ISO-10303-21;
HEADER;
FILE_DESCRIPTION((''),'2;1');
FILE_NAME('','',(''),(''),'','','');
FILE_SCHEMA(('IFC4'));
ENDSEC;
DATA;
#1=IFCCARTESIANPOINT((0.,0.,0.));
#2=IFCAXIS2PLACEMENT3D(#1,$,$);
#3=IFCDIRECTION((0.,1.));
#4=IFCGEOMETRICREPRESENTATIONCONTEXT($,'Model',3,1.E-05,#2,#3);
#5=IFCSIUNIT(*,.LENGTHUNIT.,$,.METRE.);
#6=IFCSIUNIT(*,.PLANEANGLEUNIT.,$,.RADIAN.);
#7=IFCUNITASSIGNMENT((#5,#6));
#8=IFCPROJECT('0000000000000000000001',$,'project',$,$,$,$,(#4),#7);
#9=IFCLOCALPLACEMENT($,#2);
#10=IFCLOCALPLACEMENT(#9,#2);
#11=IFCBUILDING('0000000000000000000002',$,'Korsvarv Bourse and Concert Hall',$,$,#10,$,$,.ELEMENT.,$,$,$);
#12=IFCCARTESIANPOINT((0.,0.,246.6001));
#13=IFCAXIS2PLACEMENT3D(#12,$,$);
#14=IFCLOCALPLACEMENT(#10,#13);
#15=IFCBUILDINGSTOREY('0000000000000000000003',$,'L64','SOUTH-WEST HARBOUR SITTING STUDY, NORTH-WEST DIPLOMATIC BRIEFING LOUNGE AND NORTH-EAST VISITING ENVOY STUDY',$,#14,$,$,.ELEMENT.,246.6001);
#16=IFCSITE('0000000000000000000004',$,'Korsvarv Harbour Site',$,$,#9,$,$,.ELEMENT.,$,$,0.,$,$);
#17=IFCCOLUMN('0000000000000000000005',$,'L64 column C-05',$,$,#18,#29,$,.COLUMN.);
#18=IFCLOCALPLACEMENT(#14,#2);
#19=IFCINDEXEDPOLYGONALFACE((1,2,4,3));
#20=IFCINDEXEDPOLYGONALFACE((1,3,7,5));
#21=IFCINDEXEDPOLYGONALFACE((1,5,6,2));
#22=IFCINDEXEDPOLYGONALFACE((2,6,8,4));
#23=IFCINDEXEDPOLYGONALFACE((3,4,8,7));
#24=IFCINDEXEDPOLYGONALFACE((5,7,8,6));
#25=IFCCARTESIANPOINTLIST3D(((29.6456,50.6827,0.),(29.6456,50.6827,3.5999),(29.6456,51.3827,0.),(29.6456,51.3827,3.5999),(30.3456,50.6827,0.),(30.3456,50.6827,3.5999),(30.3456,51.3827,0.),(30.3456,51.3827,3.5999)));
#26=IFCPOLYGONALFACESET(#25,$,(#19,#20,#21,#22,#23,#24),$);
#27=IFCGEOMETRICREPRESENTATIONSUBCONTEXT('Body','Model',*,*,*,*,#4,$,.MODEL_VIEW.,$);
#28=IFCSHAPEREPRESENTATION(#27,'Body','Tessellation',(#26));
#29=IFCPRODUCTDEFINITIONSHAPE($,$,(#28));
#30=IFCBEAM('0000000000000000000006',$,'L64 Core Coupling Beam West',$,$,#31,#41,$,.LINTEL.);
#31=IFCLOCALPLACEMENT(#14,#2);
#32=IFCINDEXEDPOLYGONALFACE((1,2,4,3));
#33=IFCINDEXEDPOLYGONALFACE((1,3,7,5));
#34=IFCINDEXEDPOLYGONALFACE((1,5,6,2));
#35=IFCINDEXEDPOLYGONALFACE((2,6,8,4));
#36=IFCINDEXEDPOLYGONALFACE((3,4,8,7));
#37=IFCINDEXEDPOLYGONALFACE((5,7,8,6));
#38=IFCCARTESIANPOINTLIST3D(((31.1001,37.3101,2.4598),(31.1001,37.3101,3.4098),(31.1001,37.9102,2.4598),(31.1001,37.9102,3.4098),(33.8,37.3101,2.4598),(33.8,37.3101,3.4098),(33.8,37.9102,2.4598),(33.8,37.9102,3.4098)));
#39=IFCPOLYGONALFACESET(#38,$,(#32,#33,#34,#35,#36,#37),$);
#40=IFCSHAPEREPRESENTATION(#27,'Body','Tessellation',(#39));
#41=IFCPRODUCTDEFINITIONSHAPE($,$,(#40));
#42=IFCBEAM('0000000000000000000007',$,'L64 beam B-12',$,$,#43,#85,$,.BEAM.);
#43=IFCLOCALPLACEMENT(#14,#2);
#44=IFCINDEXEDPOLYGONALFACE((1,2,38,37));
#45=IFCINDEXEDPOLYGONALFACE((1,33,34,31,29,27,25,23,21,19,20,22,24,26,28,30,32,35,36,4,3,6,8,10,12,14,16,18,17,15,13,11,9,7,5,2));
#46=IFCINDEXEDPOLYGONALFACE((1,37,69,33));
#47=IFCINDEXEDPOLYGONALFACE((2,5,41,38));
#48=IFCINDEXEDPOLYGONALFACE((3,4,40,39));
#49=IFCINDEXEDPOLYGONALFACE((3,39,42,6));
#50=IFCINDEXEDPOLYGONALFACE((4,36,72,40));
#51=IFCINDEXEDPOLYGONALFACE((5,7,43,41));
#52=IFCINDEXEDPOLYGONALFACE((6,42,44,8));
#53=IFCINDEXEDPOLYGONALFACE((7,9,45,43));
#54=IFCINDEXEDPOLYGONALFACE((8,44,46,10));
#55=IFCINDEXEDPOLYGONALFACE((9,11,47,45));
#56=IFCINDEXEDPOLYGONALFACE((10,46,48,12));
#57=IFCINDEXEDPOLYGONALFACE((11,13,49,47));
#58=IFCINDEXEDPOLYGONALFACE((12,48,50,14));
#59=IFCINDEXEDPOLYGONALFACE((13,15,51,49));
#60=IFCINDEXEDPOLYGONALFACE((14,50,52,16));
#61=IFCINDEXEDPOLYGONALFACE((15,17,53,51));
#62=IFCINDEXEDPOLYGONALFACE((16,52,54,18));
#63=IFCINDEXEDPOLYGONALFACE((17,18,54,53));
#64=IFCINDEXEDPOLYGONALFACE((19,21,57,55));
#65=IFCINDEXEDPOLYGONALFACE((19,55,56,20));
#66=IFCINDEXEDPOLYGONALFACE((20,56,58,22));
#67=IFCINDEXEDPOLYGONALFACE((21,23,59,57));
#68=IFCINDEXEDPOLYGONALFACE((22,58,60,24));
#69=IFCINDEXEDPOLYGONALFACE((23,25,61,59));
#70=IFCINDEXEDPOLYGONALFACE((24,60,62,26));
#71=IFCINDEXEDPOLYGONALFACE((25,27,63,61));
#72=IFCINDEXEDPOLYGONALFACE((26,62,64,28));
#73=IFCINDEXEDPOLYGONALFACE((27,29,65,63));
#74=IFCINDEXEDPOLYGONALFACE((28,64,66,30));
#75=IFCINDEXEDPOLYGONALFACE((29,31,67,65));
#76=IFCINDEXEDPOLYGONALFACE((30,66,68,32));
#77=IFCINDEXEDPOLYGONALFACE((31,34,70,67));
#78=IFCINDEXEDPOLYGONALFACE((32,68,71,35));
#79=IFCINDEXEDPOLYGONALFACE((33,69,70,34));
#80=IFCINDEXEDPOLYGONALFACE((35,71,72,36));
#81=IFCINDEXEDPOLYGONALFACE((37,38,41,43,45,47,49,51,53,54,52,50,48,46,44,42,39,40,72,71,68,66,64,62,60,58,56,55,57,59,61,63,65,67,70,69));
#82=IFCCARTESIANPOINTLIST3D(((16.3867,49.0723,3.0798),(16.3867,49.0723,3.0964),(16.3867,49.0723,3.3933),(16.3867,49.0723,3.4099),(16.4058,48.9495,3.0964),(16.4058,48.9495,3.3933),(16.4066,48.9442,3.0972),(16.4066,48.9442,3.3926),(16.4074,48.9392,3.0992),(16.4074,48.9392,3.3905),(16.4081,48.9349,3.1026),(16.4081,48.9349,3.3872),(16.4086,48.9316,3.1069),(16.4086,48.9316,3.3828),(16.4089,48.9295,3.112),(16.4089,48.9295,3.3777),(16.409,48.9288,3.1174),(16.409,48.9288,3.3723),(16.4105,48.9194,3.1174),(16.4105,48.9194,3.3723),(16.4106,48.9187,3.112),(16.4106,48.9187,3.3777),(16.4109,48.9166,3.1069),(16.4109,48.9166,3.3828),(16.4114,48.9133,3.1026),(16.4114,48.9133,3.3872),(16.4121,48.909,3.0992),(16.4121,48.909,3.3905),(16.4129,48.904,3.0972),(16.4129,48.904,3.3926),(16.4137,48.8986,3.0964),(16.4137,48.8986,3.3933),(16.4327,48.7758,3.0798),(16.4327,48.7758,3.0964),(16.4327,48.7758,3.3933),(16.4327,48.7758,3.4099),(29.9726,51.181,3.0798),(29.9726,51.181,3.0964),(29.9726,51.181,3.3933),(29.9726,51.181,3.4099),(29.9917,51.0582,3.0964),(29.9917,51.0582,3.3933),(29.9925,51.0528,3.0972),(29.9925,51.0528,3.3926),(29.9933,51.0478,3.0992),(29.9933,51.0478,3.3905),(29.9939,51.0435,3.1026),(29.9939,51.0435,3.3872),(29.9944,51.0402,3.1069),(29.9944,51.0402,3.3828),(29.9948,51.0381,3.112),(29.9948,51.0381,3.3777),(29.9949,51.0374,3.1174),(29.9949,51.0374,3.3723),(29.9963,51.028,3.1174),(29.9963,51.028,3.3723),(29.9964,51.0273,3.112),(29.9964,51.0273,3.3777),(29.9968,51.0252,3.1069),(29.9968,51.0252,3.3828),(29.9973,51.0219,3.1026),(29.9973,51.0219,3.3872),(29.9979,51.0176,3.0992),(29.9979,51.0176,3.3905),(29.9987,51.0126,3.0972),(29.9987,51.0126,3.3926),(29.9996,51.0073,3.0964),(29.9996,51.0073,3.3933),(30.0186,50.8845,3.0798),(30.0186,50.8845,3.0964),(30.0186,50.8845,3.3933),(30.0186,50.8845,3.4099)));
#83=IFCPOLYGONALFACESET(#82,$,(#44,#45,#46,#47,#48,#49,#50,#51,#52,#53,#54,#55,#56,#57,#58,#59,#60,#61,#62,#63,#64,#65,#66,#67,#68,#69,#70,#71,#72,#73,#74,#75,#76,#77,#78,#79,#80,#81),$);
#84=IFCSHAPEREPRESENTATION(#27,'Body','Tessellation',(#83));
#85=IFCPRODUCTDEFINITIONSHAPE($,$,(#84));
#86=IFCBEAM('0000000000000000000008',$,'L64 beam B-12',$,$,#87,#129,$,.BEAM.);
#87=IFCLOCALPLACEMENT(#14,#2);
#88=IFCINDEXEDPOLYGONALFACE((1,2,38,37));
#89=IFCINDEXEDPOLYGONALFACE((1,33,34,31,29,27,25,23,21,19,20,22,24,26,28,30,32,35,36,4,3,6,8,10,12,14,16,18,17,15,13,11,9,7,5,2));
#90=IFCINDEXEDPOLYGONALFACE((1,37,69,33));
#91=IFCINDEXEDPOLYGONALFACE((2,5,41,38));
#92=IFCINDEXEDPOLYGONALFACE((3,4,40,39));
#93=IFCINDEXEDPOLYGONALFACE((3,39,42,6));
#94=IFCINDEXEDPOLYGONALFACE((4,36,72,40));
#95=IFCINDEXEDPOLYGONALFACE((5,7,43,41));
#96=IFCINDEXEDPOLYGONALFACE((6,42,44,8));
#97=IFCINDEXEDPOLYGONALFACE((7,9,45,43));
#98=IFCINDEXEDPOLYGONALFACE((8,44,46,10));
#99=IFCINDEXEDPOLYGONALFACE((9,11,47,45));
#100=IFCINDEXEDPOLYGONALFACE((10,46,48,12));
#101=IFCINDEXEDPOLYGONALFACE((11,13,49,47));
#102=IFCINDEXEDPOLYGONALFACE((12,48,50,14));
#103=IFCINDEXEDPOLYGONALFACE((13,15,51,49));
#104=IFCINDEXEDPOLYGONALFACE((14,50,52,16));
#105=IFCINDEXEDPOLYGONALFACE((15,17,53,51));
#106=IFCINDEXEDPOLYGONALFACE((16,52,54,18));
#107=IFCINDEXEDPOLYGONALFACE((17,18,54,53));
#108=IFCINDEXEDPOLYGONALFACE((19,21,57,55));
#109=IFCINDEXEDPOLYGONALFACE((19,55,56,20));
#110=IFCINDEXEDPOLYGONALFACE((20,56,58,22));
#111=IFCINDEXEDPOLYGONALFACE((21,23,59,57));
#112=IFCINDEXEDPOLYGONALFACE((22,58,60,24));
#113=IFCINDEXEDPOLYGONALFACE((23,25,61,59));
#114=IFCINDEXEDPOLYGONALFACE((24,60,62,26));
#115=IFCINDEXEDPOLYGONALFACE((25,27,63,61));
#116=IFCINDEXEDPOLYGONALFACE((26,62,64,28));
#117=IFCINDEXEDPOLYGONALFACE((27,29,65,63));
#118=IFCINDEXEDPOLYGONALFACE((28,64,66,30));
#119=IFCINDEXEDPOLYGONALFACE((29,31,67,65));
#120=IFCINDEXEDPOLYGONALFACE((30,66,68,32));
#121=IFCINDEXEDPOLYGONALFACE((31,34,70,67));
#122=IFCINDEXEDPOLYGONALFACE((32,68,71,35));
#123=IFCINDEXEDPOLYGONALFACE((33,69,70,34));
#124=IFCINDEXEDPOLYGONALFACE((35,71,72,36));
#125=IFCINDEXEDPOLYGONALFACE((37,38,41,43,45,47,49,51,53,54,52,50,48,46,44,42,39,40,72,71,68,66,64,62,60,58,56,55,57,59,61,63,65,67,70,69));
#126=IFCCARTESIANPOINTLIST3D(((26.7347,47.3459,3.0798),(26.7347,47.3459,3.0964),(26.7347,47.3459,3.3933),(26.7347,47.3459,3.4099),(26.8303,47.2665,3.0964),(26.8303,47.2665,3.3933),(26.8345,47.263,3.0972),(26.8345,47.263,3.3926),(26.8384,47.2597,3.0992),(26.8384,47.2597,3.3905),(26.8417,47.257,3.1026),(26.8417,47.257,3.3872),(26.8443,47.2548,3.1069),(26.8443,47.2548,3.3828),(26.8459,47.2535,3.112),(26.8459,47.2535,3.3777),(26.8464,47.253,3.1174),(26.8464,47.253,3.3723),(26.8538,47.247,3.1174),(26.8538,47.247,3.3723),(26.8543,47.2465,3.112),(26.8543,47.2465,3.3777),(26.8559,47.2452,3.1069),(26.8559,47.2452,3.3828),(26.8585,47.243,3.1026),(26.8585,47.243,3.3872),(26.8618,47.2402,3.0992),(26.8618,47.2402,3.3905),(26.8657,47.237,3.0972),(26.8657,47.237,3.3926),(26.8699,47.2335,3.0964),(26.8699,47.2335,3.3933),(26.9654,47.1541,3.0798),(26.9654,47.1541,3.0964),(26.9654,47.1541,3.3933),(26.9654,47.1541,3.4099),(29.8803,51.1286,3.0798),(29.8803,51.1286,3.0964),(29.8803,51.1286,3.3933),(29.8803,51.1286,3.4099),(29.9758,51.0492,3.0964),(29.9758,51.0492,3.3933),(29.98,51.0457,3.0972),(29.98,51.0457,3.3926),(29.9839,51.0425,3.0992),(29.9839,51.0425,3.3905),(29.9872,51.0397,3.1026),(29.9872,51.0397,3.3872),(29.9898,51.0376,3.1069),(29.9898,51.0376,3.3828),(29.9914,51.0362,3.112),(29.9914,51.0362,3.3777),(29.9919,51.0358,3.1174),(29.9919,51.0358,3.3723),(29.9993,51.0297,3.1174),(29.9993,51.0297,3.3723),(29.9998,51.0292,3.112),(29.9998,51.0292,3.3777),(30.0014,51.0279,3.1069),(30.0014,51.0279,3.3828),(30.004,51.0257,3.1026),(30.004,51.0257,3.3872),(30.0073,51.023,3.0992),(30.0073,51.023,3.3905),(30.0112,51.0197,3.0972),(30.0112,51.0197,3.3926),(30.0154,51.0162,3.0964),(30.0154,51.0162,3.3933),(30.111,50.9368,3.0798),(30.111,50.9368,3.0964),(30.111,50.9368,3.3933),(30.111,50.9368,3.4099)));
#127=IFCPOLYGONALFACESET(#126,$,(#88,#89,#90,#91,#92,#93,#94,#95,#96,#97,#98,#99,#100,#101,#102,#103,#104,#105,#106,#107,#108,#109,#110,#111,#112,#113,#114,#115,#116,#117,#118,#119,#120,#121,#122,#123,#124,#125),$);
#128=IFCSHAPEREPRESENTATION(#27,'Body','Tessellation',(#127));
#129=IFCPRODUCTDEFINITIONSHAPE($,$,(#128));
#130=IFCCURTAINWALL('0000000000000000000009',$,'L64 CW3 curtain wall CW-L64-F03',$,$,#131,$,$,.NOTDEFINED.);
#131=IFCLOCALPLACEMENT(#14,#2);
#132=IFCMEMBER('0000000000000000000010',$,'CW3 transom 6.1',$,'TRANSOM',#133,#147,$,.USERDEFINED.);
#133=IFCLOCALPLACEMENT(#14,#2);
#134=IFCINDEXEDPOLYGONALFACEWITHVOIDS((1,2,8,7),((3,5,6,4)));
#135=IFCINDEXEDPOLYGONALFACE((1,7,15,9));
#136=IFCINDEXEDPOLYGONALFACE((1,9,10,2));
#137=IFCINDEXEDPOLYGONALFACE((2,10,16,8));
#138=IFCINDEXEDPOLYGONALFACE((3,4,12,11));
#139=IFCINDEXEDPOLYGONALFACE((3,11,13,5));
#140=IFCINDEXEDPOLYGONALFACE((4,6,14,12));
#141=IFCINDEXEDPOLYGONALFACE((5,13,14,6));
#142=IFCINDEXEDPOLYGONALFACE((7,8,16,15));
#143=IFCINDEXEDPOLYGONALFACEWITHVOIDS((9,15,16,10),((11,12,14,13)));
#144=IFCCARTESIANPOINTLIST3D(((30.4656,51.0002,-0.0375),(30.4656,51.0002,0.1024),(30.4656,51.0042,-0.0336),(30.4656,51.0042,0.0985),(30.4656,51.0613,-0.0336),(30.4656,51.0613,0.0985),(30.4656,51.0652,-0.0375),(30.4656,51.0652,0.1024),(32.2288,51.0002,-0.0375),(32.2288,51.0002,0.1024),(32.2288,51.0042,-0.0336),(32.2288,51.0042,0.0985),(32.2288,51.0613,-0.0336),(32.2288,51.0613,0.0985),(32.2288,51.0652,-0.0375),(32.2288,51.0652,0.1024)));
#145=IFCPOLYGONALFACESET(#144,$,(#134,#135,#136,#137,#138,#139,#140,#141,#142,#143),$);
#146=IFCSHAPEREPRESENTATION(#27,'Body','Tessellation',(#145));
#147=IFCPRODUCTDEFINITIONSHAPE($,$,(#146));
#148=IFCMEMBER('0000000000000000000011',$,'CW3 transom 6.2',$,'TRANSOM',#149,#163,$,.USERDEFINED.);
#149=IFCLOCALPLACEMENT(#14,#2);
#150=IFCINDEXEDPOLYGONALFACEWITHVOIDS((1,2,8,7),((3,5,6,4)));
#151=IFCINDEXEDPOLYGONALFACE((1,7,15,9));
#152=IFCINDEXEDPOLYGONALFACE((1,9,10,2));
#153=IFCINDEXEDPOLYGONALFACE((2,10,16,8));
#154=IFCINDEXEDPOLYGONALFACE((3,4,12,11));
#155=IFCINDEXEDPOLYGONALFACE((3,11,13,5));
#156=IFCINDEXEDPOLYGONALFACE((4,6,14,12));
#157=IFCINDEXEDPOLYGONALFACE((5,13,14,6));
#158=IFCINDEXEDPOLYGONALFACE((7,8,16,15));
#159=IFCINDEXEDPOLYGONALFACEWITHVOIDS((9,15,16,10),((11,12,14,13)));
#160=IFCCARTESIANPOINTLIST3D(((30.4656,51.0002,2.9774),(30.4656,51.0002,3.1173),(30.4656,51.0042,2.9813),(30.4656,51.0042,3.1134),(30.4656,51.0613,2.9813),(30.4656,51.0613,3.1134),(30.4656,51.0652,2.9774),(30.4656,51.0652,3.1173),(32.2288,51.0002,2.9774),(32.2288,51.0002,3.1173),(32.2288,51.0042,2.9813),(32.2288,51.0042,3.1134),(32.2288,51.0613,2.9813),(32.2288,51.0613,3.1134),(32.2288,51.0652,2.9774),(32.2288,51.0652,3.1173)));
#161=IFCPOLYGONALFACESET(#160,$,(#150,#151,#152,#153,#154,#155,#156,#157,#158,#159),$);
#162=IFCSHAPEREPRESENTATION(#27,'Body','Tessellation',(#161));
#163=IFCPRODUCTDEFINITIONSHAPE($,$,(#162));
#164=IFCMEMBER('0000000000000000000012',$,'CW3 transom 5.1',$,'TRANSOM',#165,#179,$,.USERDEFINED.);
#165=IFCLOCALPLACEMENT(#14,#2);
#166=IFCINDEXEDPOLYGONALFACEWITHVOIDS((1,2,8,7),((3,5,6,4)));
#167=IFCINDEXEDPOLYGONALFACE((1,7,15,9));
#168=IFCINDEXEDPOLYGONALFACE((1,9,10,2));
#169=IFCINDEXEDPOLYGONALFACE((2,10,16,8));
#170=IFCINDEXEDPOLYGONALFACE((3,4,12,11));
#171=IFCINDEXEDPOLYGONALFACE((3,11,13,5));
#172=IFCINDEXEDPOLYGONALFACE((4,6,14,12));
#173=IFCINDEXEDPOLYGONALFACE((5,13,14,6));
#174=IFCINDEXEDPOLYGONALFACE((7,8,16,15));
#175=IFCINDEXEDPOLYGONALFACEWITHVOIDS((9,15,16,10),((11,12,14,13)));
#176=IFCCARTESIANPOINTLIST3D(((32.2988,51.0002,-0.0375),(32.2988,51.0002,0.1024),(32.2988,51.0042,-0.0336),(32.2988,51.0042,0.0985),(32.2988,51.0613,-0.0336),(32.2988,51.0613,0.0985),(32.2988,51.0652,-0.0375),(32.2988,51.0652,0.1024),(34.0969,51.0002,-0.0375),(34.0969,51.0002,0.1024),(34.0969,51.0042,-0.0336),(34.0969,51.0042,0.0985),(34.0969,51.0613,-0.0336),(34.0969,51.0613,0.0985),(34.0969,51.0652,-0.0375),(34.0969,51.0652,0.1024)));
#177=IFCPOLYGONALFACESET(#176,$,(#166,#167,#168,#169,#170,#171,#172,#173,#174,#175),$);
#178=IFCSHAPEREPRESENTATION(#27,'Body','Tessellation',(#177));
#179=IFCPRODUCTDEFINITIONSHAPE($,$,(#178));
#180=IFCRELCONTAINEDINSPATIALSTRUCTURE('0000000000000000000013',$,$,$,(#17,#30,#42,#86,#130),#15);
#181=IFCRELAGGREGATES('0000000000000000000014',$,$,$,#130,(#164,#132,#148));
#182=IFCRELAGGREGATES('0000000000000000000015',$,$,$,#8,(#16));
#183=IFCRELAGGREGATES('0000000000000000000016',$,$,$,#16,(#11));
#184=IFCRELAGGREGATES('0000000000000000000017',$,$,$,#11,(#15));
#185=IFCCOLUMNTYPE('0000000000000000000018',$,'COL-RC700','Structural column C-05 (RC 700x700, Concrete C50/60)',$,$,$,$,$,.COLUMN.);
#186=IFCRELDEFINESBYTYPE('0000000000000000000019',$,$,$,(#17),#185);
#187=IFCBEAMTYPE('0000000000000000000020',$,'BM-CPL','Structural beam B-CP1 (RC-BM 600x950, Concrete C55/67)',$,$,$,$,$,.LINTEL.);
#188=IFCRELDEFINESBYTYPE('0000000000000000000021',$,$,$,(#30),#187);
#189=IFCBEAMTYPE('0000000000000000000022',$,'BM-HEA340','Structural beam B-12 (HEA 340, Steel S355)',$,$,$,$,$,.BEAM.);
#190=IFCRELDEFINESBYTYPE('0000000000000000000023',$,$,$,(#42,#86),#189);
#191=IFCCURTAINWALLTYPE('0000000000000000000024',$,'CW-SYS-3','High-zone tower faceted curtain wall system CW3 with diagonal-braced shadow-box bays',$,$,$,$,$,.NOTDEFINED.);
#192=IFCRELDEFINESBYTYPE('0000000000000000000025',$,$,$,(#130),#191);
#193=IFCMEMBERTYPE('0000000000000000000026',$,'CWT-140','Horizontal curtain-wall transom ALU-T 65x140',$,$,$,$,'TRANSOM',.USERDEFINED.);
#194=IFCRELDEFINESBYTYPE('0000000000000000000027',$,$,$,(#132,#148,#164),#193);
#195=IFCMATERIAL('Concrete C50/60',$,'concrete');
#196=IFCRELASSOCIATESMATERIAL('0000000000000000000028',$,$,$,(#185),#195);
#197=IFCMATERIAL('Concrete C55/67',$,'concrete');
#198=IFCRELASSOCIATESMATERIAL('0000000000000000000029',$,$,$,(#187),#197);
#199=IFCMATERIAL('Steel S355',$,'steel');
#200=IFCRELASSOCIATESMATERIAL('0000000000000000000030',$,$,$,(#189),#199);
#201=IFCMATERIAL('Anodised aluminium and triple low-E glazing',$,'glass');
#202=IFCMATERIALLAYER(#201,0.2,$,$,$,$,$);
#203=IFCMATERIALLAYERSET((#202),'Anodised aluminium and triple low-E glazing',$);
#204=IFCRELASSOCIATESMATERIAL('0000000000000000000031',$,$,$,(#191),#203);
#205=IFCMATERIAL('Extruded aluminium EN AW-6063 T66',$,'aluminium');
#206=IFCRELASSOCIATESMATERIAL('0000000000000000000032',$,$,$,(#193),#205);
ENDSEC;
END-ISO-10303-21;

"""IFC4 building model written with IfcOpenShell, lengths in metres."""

from ifc_helpers import new_model, si_unit, direction, frame, origin, origin_2d, place, context, subcontext, project, spatial, rectangle, hollow_rectangle, i_section, extrude, source, transform, mapped, material, layer, layer_set, material_profile, profile_set, type_object, element, aggregate, save


model = new_model("IFC4")

# Units and contexts
model_context = context("Model", 3, precision=1e-05, world=origin(), true_north=direction((0.0, 1.0)))
body_context = subcontext(model_context, "Body", "Model", "MODEL_VIEW")
ifc_project = project(units=[si_unit("LENGTHUNIT", "METRE"), si_unit("PLANEANGLEUNIT", "RADIAN")], contexts=[model_context])

# Site, building, storey
site_placement = place(None, origin())
site = spatial("IfcSite", under=ifc_project, at=site_placement, Name="Korsvarv Harbour Site", CompositionType="ELEMENT", RefElevation=0.0)
building_placement = place(site_placement, origin())
building = spatial("IfcBuilding", under=site, at=building_placement, Name="Korsvarv Bourse and Concert Hall", CompositionType="ELEMENT")
storey_placement = place(building_placement, frame((0.0, 0.0, 246.6001)))
storey = spatial("IfcBuildingStorey", under=building, at=storey_placement, Name="L64", Description="SOUTH-WEST HARBOUR SITTING STUDY, NORTH-WEST DIPLOMATIC BRIEFING LOUNGE AND NORTH-EAST VISITING ENVOY STUDY", CompositionType="ELEMENT", Elevation=246.6001)

# Column
ifc_material_1 = material(Name="Concrete C50/60", Category="concrete")
ifc_material_profile_1 = material_profile(ifc_material_1, rectangle(XDim=0.7, YDim=0.7, at=origin_2d()), Name="RC 700x700")
ifc_profile_set_1 = profile_set([ifc_material_profile_1], Name="Concrete C50/60")
column_type = type_object("IfcColumnType", Name="COL-RC700", Description="Structural column C-05 (RC 700x700, Concrete C50/60)", PredefinedType="COLUMN", material=ifc_profile_set_1)
shared_shape_1 = source(origin(), body_context, "Body", "SweptSolid", [
    extrude(rectangle(XDim=0.7, YDim=0.7, at=origin_2d()), origin(), (0.0, 0.0, 1.0), 3.5999),
])
column_placement = place(storey_placement, frame((29.9956, 51.0327, 0.0), z_axis=(0.0, 0.0, 1.0), x_axis=(1.0, 0.0, 0.0)))
element("IfcColumn", 1, at=column_placement, inside=storey, type_object=column_type, Name="L64 column C-05", PredefinedType="COLUMN", context=body_context, shape_type="MappedRepresentation", body=[
    mapped(shared_shape_1, transform((0.0, 0.0, 0.0), scale=1.0)),
])

# Beams
ifc_material_2 = material(Name="Concrete C55/67", Category="concrete")
ifc_material_profile_2 = material_profile(ifc_material_2, rectangle(XDim=0.6001, YDim=0.95, at=origin_2d()), Name="RC-BM 600x950")
ifc_profile_set_2 = profile_set([ifc_material_profile_2], Name="Concrete C55/67")
beam_type_1 = type_object("IfcBeamType", Name="BM-CPL", Description="Structural beam B-CP1 (RC-BM 600x950, Concrete C55/67)", PredefinedType="LINTEL", material=ifc_profile_set_2)
shared_shape_2 = source(origin(), body_context, "Body", "SweptSolid", [
    extrude(rectangle(XDim=0.6001, YDim=0.95, at=origin_2d()), origin(), (0.0, 0.0, 1.0), 2.7),
])
beam_1_placement = place(storey_placement, frame((31.1001, 37.6101, 2.9348), z_axis=(1.0, 0.0, 0.0), x_axis=(0.0, 1.0, 0.0)))
element("IfcBeam", 2, at=beam_1_placement, inside=storey, type_object=beam_type_1, Name="L64 Core Coupling Beam West", PredefinedType="LINTEL", context=body_context, shape_type="MappedRepresentation", body=[
    mapped(shared_shape_2, transform((0.0, 0.0, 0.0), scale=1.0)),
])
ifc_material_3 = material(Name="Steel S355", Category="steel")
ifc_material_profile_3 = material_profile(ifc_material_3, i_section(OverallWidth=0.3, OverallDepth=0.3301, WebThickness=0.0095, FlangeThickness=0.0166, FilletRadius=0.021, at=origin_2d()), Name="HEA 340")
ifc_profile_set_3 = profile_set([ifc_material_profile_3], Name="Steel S355")
beam_type_2 = type_object("IfcBeamType", Name="BM-HEA340", Description="Structural beam B-12 (HEA 340, Steel S355)", PredefinedType="BEAM", material=ifc_profile_set_3)
shared_shape_3 = source(origin(), body_context, "Body", "SweptSolid", [
    extrude(i_section(OverallWidth=0.3, OverallDepth=0.3301, WebThickness=0.0095, FlangeThickness=0.0166, FilletRadius=0.021, at=origin_2d()), origin(), (0.0, 0.0, 1.0), 13.7485),
])
beam_2_placement = place(storey_placement, frame((29.9956, 51.0327, 3.2449), z_axis=(-0.988169, -0.153371, 0.0), x_axis=(0.153371, -0.988169, 0.0)))
element("IfcBeam", 3, at=beam_2_placement, inside=storey, type_object=beam_type_2, Name="L64 beam B-12", PredefinedType="BEAM", context=body_context, shape_type="MappedRepresentation", body=[
    mapped(shared_shape_3, transform((0.0, 0.0, 0.0), scale=1.0)),
])
shared_shape_4 = source(origin(), body_context, "Body", "SweptSolid", [
    extrude(i_section(OverallWidth=0.3, OverallDepth=0.3301, WebThickness=0.0095, FlangeThickness=0.0166, FilletRadius=0.021, at=origin_2d()), origin(), (0.0, 0.0, 1.0), 4.9197),
])
beam_3_placement = place(storey_placement, frame((29.9956, 51.0327, 3.2449), z_axis=(-0.639374, -0.768896, 0.0), x_axis=(0.768896, -0.639374, 0.0)))
element("IfcBeam", 4, at=beam_3_placement, inside=storey, type_object=beam_type_2, Name="L64 beam B-12", PredefinedType="BEAM", context=body_context, shape_type="MappedRepresentation", body=[
    mapped(shared_shape_4, transform((0.0, 0.0, 0.0), scale=1.0)),
])

# Curtain wall, members
ifc_material_4 = material(Name="Anodised aluminium and triple low-E glazing", Category="glass")
ifc_layer_1 = layer(ifc_material_4, 0.2)
ifc_layer_set_1 = layer_set([ifc_layer_1], Name="Anodised aluminium and triple low-E glazing")
curtain_wall_type = type_object("IfcCurtainWallType", Name="CW-SYS-3", Description="High-zone tower faceted curtain wall system CW3 with diagonal-braced shadow-box bays", PredefinedType="NOTDEFINED", material=ifc_layer_set_1)
curtain_wall_placement = place(storey_placement, origin())
curtain_wall = element("IfcCurtainWall", 5, at=curtain_wall_placement, inside=storey, type_object=curtain_wall_type, Name="L64 CW3 curtain wall CW-L64-F03", PredefinedType="NOTDEFINED")
ifc_material_5 = material(Name="Extruded aluminium EN AW-6063 T66", Category="aluminium")
ifc_material_profile_4 = material_profile(ifc_material_5, hollow_rectangle(XDim=0.0649, YDim=0.1399, WallThickness=0.0039, at=origin_2d()), Name="ALU-T 65x140")
ifc_profile_set_4 = profile_set([ifc_material_profile_4], Name="Extruded aluminium EN AW-6063 T66")
member_type_1 = type_object("IfcMemberType", Name="CWT-140", Description="Horizontal curtain-wall transom ALU-T 65x140", ElementType="TRANSOM", PredefinedType="USERDEFINED", material=ifc_profile_set_4)
shared_shape_5 = source(origin(), body_context, "Body", "SweptSolid", [
    extrude(hollow_rectangle(XDim=0.0649, YDim=0.1399, WallThickness=0.0039, at=origin_2d()), origin(), (0.0, 0.0, 1.0), 1.7632),
])
member_1_placement = place(storey_placement, frame((32.2288, 51.0327, 0.0325), z_axis=(-1.0, 0.0, 0.0), x_axis=(0.0, -1.0, 0.0)))
member_1 = element("IfcMember", 6, at=member_1_placement, type_object=member_type_1, Name="CW3 transom 6.1", ObjectType="TRANSOM", PredefinedType="USERDEFINED", context=body_context, shape_type="MappedRepresentation", body=[
    mapped(shared_shape_5, transform((0.0, 0.0, 0.0), scale=1.0)),
])
member_2_placement = place(storey_placement, frame((32.2288, 51.0327, 3.0474), z_axis=(-1.0, 0.0, 0.0), x_axis=(0.0, -1.0, 0.0)))
member_2 = element("IfcMember", 7, at=member_2_placement, type_object=member_type_1, Name="CW3 transom 6.2", ObjectType="TRANSOM", PredefinedType="USERDEFINED", context=body_context, shape_type="MappedRepresentation", body=[
    mapped(shared_shape_5, transform((0.0, 0.0, 0.0), scale=1.0)),
])
shared_shape_6 = source(origin(), body_context, "Body", "SweptSolid", [
    extrude(hollow_rectangle(XDim=0.0649, YDim=0.1399, WallThickness=0.0039, at=origin_2d()), origin(), (0.0, 0.0, 1.0), 1.7981),
])
member_3_placement = place(storey_placement, frame((34.0969, 51.0327, 0.0325), z_axis=(-1.0, 0.0, 0.0), x_axis=(0.0, -1.0, 0.0)))
member_3 = element("IfcMember", 8, at=member_3_placement, type_object=member_type_1, Name="CW3 transom 5.1", ObjectType="TRANSOM", PredefinedType="USERDEFINED", context=body_context, shape_type="MappedRepresentation", body=[
    mapped(shared_shape_6, transform((0.0, 0.0, 0.0), scale=1.0)),
])
aggregate(curtain_wall, [member_3, member_1, member_2])

save(model, "model.ifc")
